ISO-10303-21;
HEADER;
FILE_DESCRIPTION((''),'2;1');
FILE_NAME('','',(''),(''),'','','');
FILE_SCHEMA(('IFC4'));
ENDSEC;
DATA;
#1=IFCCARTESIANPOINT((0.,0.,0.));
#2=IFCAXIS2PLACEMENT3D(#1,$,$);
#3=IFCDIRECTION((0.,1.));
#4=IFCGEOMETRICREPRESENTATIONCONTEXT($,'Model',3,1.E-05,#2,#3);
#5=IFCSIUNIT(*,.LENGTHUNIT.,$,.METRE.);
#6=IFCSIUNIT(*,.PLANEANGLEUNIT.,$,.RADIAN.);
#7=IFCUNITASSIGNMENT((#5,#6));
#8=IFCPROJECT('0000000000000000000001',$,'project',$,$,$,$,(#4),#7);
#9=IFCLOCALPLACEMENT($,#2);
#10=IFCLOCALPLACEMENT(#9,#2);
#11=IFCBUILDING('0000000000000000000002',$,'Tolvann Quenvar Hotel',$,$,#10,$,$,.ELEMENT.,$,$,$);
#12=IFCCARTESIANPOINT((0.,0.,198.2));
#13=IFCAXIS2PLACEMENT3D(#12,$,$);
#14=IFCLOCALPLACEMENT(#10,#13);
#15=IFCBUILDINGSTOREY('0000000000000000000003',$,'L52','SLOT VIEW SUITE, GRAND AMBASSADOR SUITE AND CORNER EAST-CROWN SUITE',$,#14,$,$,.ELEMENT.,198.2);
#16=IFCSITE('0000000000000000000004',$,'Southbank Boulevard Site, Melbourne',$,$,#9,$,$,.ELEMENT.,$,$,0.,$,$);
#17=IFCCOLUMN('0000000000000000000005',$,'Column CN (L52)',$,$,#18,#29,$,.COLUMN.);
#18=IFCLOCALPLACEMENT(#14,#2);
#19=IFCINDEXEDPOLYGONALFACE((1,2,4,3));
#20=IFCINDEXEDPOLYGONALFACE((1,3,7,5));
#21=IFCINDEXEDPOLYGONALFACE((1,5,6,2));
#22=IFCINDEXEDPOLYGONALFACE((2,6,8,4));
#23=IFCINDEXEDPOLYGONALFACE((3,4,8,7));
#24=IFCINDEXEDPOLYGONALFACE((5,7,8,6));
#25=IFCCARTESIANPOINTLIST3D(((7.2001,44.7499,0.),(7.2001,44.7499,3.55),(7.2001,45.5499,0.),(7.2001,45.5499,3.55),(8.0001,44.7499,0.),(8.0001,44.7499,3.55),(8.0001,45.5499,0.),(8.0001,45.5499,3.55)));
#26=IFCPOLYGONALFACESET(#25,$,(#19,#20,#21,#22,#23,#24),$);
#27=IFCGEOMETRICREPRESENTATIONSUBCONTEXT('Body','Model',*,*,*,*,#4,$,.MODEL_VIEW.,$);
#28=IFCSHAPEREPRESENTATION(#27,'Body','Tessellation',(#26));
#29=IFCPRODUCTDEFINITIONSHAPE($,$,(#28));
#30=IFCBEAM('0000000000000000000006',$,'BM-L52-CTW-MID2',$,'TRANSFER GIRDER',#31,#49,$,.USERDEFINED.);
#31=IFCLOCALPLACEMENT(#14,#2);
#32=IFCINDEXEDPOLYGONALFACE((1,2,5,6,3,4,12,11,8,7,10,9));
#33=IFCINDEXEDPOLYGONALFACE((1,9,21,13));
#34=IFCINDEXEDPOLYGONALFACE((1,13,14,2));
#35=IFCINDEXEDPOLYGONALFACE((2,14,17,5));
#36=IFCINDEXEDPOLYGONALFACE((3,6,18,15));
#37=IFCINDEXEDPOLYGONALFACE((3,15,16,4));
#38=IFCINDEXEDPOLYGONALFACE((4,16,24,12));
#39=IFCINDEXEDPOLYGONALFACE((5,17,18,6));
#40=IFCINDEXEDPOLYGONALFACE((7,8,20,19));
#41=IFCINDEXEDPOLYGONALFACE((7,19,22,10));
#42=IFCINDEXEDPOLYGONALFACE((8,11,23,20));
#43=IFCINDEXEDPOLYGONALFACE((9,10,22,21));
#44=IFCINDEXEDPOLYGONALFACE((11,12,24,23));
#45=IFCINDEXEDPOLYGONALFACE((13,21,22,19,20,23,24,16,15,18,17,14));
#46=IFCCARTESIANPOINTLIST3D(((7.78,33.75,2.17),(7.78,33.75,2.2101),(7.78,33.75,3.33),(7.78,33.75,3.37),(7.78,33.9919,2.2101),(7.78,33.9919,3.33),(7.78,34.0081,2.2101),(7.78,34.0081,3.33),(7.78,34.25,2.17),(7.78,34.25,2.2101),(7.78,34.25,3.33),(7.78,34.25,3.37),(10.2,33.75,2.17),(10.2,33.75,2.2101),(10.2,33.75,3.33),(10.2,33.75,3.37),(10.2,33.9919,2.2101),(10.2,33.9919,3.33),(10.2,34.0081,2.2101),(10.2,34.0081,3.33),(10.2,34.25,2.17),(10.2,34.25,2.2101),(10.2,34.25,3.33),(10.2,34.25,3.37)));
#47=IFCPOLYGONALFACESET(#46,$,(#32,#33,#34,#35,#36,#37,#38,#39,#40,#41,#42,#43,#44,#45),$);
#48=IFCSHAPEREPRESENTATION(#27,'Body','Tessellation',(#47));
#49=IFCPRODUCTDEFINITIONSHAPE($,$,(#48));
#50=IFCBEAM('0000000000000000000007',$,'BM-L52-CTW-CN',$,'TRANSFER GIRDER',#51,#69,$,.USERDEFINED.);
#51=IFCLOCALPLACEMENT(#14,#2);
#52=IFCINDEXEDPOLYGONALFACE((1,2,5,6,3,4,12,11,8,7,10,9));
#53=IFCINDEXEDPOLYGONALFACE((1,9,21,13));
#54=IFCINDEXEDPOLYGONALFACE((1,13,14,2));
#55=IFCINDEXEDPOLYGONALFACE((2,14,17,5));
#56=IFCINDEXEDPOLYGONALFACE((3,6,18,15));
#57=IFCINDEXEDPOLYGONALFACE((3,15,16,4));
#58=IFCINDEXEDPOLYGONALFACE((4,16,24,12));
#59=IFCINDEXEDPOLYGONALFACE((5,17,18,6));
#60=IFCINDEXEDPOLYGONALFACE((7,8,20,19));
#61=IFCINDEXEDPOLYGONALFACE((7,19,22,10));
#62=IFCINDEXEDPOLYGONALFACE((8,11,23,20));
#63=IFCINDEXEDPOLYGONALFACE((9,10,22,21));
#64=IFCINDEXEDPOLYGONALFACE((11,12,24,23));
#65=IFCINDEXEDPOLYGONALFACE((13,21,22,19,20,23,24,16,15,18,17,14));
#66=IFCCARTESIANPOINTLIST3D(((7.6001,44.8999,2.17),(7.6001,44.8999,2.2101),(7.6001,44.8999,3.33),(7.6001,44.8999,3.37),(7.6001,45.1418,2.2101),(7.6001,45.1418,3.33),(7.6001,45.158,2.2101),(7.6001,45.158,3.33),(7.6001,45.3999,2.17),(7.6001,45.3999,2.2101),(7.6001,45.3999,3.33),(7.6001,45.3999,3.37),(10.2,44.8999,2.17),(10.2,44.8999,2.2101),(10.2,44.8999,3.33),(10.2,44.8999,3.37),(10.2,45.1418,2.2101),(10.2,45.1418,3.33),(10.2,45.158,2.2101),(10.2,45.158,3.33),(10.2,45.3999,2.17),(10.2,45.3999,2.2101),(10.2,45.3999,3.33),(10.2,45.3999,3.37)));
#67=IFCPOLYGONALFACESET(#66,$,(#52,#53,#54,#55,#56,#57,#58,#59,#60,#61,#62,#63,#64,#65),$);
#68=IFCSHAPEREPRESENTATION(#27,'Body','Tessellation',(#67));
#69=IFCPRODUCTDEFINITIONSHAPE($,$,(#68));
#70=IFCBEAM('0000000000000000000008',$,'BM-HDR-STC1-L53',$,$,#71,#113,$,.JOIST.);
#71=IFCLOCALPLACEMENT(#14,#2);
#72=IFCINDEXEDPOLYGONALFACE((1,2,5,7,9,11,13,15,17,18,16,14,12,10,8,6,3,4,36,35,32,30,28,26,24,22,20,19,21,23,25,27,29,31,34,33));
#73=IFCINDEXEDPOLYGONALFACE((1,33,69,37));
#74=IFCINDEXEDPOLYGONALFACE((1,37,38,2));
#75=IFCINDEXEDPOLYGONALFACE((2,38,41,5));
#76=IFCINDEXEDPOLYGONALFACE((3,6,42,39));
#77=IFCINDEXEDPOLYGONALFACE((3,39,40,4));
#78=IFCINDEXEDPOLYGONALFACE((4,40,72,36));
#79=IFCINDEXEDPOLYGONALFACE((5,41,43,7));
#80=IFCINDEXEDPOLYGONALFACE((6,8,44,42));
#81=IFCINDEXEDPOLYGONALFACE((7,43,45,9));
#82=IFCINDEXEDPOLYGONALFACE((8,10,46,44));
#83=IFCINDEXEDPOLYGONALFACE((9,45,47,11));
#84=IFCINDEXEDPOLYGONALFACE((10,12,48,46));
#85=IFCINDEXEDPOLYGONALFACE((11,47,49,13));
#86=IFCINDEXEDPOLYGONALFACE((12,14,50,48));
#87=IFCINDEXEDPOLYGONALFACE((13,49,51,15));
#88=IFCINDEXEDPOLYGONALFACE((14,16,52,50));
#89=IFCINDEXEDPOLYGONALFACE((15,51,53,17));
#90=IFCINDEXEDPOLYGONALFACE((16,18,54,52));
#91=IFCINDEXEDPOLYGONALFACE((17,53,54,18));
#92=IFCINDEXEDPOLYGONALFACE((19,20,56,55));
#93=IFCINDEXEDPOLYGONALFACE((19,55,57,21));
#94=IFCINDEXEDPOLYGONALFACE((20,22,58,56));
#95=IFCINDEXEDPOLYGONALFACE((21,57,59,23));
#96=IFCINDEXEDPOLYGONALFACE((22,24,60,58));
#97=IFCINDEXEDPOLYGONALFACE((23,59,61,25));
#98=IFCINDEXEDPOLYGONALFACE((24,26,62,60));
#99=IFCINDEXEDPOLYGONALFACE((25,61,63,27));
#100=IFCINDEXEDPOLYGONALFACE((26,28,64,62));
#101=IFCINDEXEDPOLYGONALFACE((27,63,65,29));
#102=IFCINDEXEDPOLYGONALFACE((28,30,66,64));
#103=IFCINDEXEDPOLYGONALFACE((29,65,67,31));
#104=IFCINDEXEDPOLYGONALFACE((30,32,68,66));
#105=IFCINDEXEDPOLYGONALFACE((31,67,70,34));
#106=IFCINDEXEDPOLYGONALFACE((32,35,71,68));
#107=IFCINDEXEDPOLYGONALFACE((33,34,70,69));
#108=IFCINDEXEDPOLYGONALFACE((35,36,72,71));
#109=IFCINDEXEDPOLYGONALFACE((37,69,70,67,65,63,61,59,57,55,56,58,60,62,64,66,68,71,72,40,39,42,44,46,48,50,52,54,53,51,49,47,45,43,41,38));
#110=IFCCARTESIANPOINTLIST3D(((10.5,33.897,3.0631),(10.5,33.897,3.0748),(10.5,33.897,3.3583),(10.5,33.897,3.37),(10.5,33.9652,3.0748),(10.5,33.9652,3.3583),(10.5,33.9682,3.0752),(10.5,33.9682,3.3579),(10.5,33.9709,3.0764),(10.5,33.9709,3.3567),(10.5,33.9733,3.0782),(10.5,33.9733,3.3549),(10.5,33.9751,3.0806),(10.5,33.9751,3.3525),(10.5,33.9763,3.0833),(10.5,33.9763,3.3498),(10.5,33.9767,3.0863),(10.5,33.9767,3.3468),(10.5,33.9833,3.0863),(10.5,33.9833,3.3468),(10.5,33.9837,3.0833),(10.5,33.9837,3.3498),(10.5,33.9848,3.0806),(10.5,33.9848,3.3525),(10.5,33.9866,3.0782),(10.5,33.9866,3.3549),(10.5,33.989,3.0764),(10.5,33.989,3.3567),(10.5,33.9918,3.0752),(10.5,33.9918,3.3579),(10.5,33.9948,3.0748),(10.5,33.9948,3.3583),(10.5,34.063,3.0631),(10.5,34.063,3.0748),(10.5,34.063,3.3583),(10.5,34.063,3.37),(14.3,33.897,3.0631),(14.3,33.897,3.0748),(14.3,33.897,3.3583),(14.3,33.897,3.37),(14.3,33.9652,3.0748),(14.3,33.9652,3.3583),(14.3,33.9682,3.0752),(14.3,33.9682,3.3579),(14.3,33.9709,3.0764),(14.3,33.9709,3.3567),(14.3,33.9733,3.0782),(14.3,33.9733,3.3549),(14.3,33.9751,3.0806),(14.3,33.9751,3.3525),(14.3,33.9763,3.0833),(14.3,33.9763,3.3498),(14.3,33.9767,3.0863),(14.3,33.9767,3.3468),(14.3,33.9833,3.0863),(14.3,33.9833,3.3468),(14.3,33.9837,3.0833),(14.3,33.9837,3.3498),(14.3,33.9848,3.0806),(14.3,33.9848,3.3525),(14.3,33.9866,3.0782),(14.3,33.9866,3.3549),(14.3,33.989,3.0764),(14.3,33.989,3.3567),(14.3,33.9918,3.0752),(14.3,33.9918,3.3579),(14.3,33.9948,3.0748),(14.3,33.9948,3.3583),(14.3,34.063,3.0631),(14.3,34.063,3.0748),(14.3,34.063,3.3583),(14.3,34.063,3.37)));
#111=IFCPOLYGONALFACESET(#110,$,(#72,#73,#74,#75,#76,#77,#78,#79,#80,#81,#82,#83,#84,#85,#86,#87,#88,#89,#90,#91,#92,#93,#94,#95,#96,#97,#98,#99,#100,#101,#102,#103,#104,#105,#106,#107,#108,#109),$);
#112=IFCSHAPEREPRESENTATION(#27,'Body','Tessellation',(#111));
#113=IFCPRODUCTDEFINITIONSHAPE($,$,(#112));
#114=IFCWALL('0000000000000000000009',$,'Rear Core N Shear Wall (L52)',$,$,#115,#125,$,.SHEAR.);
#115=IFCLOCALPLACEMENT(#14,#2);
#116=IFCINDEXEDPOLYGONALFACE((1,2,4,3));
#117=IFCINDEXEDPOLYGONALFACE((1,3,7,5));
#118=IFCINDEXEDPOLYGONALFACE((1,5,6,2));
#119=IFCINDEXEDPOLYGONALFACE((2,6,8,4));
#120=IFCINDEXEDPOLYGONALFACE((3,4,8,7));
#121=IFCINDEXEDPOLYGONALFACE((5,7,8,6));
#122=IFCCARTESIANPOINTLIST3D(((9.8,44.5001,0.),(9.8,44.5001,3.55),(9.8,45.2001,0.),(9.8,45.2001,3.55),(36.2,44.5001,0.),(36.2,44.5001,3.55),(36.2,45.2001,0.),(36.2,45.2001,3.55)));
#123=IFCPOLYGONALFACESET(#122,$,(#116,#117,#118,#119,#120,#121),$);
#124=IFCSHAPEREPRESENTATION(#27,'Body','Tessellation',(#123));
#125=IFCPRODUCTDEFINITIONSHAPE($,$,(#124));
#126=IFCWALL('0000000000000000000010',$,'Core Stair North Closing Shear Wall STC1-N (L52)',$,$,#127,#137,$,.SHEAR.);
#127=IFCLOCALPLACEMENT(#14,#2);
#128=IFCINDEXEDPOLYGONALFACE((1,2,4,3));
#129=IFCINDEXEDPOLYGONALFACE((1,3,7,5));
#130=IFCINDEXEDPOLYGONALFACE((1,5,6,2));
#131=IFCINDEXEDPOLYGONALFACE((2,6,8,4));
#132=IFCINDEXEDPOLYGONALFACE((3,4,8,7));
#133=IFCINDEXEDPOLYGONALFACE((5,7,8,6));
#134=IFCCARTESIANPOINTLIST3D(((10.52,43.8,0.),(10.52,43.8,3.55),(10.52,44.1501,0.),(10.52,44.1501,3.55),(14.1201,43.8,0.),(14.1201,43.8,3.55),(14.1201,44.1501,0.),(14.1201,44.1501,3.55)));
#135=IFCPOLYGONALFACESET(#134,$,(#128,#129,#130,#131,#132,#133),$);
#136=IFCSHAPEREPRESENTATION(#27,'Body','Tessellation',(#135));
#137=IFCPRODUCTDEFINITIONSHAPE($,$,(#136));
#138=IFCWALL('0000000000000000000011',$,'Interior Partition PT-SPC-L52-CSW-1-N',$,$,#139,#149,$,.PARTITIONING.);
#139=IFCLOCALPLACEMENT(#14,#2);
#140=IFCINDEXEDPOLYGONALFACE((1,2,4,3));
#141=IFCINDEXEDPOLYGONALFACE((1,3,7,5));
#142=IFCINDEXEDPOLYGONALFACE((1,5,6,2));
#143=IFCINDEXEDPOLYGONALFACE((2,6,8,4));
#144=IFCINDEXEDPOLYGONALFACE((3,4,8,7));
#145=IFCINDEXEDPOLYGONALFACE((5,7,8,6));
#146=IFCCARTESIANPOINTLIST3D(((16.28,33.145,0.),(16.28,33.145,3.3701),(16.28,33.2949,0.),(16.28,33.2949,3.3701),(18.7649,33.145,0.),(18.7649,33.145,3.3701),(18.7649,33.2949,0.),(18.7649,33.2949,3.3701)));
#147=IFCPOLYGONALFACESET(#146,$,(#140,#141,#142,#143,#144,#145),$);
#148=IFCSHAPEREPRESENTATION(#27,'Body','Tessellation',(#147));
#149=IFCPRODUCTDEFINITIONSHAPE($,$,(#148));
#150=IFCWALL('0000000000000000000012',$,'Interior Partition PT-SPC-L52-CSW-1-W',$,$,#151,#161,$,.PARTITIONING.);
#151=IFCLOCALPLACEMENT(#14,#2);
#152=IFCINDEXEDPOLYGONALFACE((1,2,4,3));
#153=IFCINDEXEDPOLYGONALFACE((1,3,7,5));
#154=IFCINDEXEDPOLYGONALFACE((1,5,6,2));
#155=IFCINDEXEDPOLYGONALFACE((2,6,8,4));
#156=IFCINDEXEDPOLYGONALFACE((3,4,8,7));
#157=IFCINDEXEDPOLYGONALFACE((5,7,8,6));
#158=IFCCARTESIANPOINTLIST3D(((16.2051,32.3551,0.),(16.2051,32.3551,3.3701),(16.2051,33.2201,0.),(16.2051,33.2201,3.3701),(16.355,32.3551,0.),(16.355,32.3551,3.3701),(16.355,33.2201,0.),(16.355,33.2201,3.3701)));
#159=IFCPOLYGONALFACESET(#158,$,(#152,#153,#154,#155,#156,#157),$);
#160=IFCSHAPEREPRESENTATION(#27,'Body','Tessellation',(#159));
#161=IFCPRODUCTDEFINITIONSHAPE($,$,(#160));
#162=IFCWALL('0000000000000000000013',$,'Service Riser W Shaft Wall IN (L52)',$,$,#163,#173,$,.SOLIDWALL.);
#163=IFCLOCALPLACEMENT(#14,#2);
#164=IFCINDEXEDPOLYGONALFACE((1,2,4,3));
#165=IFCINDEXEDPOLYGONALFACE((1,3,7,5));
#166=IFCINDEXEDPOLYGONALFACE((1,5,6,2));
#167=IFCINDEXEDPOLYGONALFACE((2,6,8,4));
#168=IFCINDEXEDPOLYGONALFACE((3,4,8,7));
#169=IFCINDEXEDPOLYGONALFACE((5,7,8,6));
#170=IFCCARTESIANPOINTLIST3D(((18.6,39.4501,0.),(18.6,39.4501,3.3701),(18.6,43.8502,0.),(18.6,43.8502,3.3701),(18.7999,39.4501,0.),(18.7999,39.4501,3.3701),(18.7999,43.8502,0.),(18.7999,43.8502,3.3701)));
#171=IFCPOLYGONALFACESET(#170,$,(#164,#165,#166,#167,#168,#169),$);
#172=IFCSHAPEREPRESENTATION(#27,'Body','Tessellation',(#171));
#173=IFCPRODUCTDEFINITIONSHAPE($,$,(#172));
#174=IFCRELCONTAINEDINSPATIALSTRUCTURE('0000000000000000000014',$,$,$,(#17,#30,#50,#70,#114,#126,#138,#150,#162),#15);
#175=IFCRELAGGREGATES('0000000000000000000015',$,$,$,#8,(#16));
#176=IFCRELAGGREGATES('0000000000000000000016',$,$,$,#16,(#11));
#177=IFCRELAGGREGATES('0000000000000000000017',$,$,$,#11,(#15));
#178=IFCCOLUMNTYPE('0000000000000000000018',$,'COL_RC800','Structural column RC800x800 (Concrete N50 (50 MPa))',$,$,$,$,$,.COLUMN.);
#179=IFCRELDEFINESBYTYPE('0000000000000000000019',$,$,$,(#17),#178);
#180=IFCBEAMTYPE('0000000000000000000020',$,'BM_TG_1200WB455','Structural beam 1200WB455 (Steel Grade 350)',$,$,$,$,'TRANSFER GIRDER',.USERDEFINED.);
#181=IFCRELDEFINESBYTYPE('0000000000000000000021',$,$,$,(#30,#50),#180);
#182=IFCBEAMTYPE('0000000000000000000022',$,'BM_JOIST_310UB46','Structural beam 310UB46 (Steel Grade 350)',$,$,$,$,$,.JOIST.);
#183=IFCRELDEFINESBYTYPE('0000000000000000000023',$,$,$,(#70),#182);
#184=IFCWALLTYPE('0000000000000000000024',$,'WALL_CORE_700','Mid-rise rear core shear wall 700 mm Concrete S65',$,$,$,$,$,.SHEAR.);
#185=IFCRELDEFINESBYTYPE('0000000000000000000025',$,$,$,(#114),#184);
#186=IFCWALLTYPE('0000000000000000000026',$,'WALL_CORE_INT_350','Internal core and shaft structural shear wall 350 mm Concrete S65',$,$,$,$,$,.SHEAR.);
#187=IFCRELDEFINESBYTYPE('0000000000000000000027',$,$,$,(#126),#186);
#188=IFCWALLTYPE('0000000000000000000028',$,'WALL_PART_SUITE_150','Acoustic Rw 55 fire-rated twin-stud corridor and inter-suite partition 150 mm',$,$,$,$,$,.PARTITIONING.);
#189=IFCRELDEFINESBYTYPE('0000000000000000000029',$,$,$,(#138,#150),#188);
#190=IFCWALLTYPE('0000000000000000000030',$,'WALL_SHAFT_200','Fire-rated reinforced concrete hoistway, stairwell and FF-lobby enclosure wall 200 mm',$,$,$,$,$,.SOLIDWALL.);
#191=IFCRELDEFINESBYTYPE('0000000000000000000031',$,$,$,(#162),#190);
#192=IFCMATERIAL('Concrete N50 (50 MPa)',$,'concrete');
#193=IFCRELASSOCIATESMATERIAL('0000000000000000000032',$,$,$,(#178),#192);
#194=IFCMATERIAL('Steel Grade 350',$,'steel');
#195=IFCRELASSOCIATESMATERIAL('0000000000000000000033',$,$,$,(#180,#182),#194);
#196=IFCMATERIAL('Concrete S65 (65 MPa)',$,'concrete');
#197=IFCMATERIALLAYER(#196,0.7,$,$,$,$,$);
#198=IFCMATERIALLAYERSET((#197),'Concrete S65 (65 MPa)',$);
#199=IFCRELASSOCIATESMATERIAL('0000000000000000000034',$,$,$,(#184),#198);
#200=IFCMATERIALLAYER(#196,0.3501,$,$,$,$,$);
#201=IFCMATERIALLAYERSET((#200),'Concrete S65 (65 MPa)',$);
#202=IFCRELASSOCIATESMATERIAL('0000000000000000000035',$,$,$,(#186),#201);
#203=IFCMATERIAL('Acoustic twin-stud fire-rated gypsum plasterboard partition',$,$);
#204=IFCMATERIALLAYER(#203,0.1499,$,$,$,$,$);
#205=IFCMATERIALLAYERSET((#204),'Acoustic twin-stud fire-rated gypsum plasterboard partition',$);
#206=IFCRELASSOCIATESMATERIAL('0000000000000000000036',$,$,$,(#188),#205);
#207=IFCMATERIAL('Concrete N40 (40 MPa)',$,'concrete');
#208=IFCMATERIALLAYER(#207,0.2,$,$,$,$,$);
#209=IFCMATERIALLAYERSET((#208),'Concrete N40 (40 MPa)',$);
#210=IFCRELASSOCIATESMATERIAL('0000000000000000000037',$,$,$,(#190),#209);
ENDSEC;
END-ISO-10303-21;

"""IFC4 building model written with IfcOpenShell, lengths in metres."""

from ifc_helpers import new_model, si_unit, direction, frame, frame_2d, origin, origin_2d, place, context, subcontext, project, spatial, rectangle, i_section, extrude, source, transform, mapped, material, layer, layer_set, material_profile, profile_set, type_object, type_shapes, element, save


model = new_model("IFC4")

# Units and contexts
model_context = context("Model", 3, precision=1e-05, world=origin(), true_north=direction((0.0, 1.0)))
body_context = subcontext(model_context, "Body", "Model", "MODEL_VIEW")
ifc_project = project(units=[si_unit("LENGTHUNIT", "METRE"), si_unit("PLANEANGLEUNIT", "RADIAN")], contexts=[model_context])

# Site, building, storey
site_placement = place(None, origin())
site = spatial("IfcSite", under=ifc_project, at=site_placement, Name="Southbank Boulevard Site, Melbourne", CompositionType="ELEMENT", RefElevation=0.0)
building_placement = place(site_placement, origin())
building = spatial("IfcBuilding", under=site, at=building_placement, Name="Tolvann Quenvar Hotel", CompositionType="ELEMENT")
storey_placement = place(building_placement, frame((0.0, 0.0, 198.2)))
storey = spatial("IfcBuildingStorey", under=building, at=storey_placement, Name="L52", Description="SLOT VIEW SUITE, GRAND AMBASSADOR SUITE AND CORNER EAST-CROWN SUITE", CompositionType="ELEMENT", Elevation=198.2)

# Column
ifc_material_1 = material(Name="Concrete N50 (50 MPa)", Category="concrete")
ifc_material_profile_1 = material_profile(ifc_material_1, rectangle(XDim=0.8, YDim=0.8, at=origin_2d()), Name="RC800x800")
ifc_profile_set_1 = profile_set([ifc_material_profile_1], Name="Concrete N50 (50 MPa)")
column_type = type_object("IfcColumnType", Name="COL_RC800", Description="Structural column RC800x800 (Concrete N50 (50 MPa))", PredefinedType="COLUMN", material=ifc_profile_set_1)
shared_shape_1 = source(origin(), body_context, "Body", "SweptSolid", [
    extrude(rectangle(XDim=0.8, YDim=0.8, at=origin_2d()), origin(), (0.0, 0.0, 1.0), 3.55),
])
type_shapes(column_type, [shared_shape_1])
column_placement = place(storey_placement, frame((7.6001, 45.1499, 0.0), z_axis=(0.0, 0.0, 1.0), x_axis=(1.0, 0.0, 0.0)))
element("IfcColumn", 1, at=column_placement, inside=storey, type_object=column_type, Name="Column CN (L52)", PredefinedType="COLUMN", context=body_context, shape_type="MappedRepresentation", body=[
    mapped(shared_shape_1, transform((0.0, 0.0, 0.0), x_axis=(1.0, 0.0, 0.0), y_axis=(0.0, 1.0, 0.0), z_axis=(0.0, 0.0, 1.0), scale=1.0)),
])

# Beams
ifc_material_2 = material(Name="Steel Grade 350", Category="steel")
ifc_material_profile_2 = material_profile(ifc_material_2, i_section(OverallWidth=0.5, OverallDepth=1.2, WebThickness=0.0161, FlangeThickness=0.04, at=origin_2d()), Name="1200WB455")
ifc_profile_set_2 = profile_set([ifc_material_profile_2], Name="Steel Grade 350")
beam_type_1 = type_object("IfcBeamType", Name="BM_TG_1200WB455", Description="Structural beam 1200WB455 (Steel Grade 350)", ElementType="TRANSFER GIRDER", PredefinedType="USERDEFINED", material=ifc_profile_set_2)
shared_shape_2 = source(origin(), body_context, "Body", "SweptSolid", [
    extrude(i_section(OverallWidth=0.5, OverallDepth=1.2, WebThickness=0.0161, FlangeThickness=0.04, at=origin_2d()), origin(), (0.0, 0.0, 1.0), 2.4199),
])
beam_1_placement = place(storey_placement, frame((7.78, 34.0, 2.77), z_axis=(1.0, 0.0, 0.0), x_axis=(0.0, 1.0, 0.0)))
element("IfcBeam", 2, at=beam_1_placement, inside=storey, type_object=beam_type_1, Name="BM-L52-CTW-MID2", ObjectType="TRANSFER GIRDER", PredefinedType="USERDEFINED", context=body_context, shape_type="MappedRepresentation", body=[
    mapped(shared_shape_2, transform((0.0, 0.0, 0.0), x_axis=(1.0, 0.0, 0.0), y_axis=(0.0, 1.0, 0.0), z_axis=(0.0, 0.0, 1.0), scale=1.0)),
])
shared_shape_3 = source(origin(), body_context, "Body", "SweptSolid", [
    extrude(i_section(OverallWidth=0.5, OverallDepth=1.2, WebThickness=0.0161, FlangeThickness=0.04, at=origin_2d()), origin(), (0.0, 0.0, 1.0), 2.5999),
])
type_shapes(beam_type_1, [shared_shape_2, shared_shape_3])
beam_2_placement = place(storey_placement, frame((7.6001, 45.1499, 2.77), z_axis=(1.0, 0.0, 0.0), x_axis=(0.0, 1.0, 0.0)))
element("IfcBeam", 3, at=beam_2_placement, inside=storey, type_object=beam_type_1, Name="BM-L52-CTW-CN", ObjectType="TRANSFER GIRDER", PredefinedType="USERDEFINED", context=body_context, shape_type="MappedRepresentation", body=[
    mapped(shared_shape_3, transform((0.0, 0.0, 0.0), x_axis=(1.0, 0.0, 0.0), y_axis=(0.0, 1.0, 0.0), z_axis=(0.0, 0.0, 1.0), scale=1.0)),
])
ifc_material_profile_3 = material_profile(ifc_material_2, i_section(OverallWidth=0.166, OverallDepth=0.3069, WebThickness=0.0066, FlangeThickness=0.0117, FilletRadius=0.0115, at=origin_2d()), Name="310UB46")
ifc_profile_set_3 = profile_set([ifc_material_profile_3], Name="Steel Grade 350")
beam_type_2 = type_object("IfcBeamType", Name="BM_JOIST_310UB46", Description="Structural beam 310UB46 (Steel Grade 350)", PredefinedType="JOIST", material=ifc_profile_set_3)
shared_shape_4 = source(origin(), body_context, "Body", "SweptSolid", [
    extrude(i_section(OverallWidth=0.166, OverallDepth=0.3069, WebThickness=0.0066, FlangeThickness=0.0117, FilletRadius=0.0115, at=origin_2d()), origin(), (0.0, 0.0, 1.0), 3.8),
])
type_shapes(beam_type_2, [shared_shape_4])
beam_3_placement = place(storey_placement, frame((10.5, 33.98, 3.2166), z_axis=(1.0, 0.0, 0.0), x_axis=(0.0, 1.0, 0.0)))
element("IfcBeam", 4, at=beam_3_placement, inside=storey, type_object=beam_type_2, Name="BM-HDR-STC1-L53", PredefinedType="JOIST", context=body_context, shape_type="MappedRepresentation", body=[
    mapped(shared_shape_4, transform((0.0, 0.0, 0.0), x_axis=(1.0, 0.0, 0.0), y_axis=(0.0, 1.0, 0.0), z_axis=(0.0, 0.0, 1.0), scale=1.0)),
])

# Walls
ifc_material_3 = material(Name="Concrete S65 (65 MPa)", Category="concrete")
ifc_layer_1 = layer(ifc_material_3, 0.7)
ifc_layer_set_1 = layer_set([ifc_layer_1], Name="Concrete S65 (65 MPa)")
wall_type_1 = type_object("IfcWallType", Name="WALL_CORE_700", Description="Mid-rise rear core shear wall 700 mm Concrete S65", PredefinedType="SHEAR", material=ifc_layer_set_1)
wall_1_placement = place(storey_placement, frame((9.8, 44.8501, 0.0), z_axis=(0.0, 0.0, 1.0), x_axis=(1.0, 0.0, 0.0)))
element("IfcWall", 5, at=wall_1_placement, inside=storey, type_object=wall_type_1, Name="Rear Core N Shear Wall (L52)", PredefinedType="SHEAR", context=body_context, shape_type="SweptSolid", body=[
    extrude(rectangle(XDim=26.3999, YDim=0.7, at=frame_2d((13.2, 0.0))), origin(), (0.0, 0.0, 1.0), 3.55),
])
ifc_layer_2 = layer(ifc_material_3, 0.3501)
ifc_layer_set_2 = layer_set([ifc_layer_2], Name="Concrete S65 (65 MPa)")
wall_type_2 = type_object("IfcWallType", Name="WALL_CORE_INT_350", Description="Internal core and shaft structural shear wall 350 mm Concrete S65", PredefinedType="SHEAR", material=ifc_layer_set_2)
wall_2_placement = place(storey_placement, frame((10.52, 43.9751, 0.0), z_axis=(0.0, 0.0, 1.0), x_axis=(1.0, 0.0, 0.0)))
element("IfcWall", 6, at=wall_2_placement, inside=storey, type_object=wall_type_2, Name="Core Stair North Closing Shear Wall STC1-N (L52)", PredefinedType="SHEAR", context=body_context, shape_type="SweptSolid", body=[
    extrude(rectangle(XDim=3.6001, YDim=0.3501, at=frame_2d((1.8, 0.0))), origin(), (0.0, 0.0, 1.0), 3.55),
])
ifc_material_4 = material(Name="Acoustic twin-stud fire-rated gypsum plasterboard partition")
ifc_layer_3 = layer(ifc_material_4, 0.1499)
ifc_layer_set_3 = layer_set([ifc_layer_3], Name="Acoustic twin-stud fire-rated gypsum plasterboard partition")
wall_type_3 = type_object("IfcWallType", Name="WALL_PART_SUITE_150", Description="Acoustic Rw 55 fire-rated twin-stud corridor and inter-suite partition 150 mm", PredefinedType="PARTITIONING", material=ifc_layer_set_3)
wall_3_placement = place(storey_placement, frame((16.28, 33.22, 0.0), z_axis=(0.0, 0.0, 1.0), x_axis=(1.0, 0.0, 0.0)))
element("IfcWall", 7, at=wall_3_placement, inside=storey, type_object=wall_type_3, Name="Interior Partition PT-SPC-L52-CSW-1-N", PredefinedType="PARTITIONING", context=body_context, shape_type="SweptSolid", body=[
    extrude(rectangle(XDim=2.4849, YDim=0.1499, at=frame_2d((1.2424, 0.0))), origin(), (0.0, 0.0, 1.0), 3.3701),
])
wall_4_placement = place(storey_placement, frame((16.28, 32.355, 0.0), z_axis=(0.0, 0.0, 1.0), x_axis=(0.0, 1.0, 0.0)))
element("IfcWall", 8, at=wall_4_placement, inside=storey, type_object=wall_type_3, Name="Interior Partition PT-SPC-L52-CSW-1-W", PredefinedType="PARTITIONING", context=body_context, shape_type="SweptSolid", body=[
    extrude(rectangle(XDim=0.865, YDim=0.1499, at=frame_2d((0.4326, 0.0))), origin(), (0.0, 0.0, 1.0), 3.3701),
])

# Wall
ifc_material_5 = material(Name="Concrete N40 (40 MPa)", Category="concrete")
ifc_layer_4 = layer(ifc_material_5, 0.2)
ifc_layer_set_4 = layer_set([ifc_layer_4], Name="Concrete N40 (40 MPa)")
wall_type_4 = type_object("IfcWallType", Name="WALL_SHAFT_200", Description="Fire-rated reinforced concrete hoistway, stairwell and FF-lobby enclosure wall 200 mm", PredefinedType="SOLIDWALL", material=ifc_layer_set_4)
wall_5_placement = place(storey_placement, frame((18.7, 39.45, 0.0), z_axis=(0.0, 0.0, 1.0), x_axis=(0.0, 1.0, 0.0)))
element("IfcWall", 9, at=wall_5_placement, inside=storey, type_object=wall_type_4, Name="Service Riser W Shaft Wall IN (L52)", PredefinedType="SOLIDWALL", context=body_context, shape_type="SweptSolid", body=[
    extrude(rectangle(XDim=4.4001, YDim=0.2, at=frame_2d((2.2002, 0.0))), origin(), (0.0, 0.0, 1.0), 3.3701),
])

save(model, "model.ifc")
